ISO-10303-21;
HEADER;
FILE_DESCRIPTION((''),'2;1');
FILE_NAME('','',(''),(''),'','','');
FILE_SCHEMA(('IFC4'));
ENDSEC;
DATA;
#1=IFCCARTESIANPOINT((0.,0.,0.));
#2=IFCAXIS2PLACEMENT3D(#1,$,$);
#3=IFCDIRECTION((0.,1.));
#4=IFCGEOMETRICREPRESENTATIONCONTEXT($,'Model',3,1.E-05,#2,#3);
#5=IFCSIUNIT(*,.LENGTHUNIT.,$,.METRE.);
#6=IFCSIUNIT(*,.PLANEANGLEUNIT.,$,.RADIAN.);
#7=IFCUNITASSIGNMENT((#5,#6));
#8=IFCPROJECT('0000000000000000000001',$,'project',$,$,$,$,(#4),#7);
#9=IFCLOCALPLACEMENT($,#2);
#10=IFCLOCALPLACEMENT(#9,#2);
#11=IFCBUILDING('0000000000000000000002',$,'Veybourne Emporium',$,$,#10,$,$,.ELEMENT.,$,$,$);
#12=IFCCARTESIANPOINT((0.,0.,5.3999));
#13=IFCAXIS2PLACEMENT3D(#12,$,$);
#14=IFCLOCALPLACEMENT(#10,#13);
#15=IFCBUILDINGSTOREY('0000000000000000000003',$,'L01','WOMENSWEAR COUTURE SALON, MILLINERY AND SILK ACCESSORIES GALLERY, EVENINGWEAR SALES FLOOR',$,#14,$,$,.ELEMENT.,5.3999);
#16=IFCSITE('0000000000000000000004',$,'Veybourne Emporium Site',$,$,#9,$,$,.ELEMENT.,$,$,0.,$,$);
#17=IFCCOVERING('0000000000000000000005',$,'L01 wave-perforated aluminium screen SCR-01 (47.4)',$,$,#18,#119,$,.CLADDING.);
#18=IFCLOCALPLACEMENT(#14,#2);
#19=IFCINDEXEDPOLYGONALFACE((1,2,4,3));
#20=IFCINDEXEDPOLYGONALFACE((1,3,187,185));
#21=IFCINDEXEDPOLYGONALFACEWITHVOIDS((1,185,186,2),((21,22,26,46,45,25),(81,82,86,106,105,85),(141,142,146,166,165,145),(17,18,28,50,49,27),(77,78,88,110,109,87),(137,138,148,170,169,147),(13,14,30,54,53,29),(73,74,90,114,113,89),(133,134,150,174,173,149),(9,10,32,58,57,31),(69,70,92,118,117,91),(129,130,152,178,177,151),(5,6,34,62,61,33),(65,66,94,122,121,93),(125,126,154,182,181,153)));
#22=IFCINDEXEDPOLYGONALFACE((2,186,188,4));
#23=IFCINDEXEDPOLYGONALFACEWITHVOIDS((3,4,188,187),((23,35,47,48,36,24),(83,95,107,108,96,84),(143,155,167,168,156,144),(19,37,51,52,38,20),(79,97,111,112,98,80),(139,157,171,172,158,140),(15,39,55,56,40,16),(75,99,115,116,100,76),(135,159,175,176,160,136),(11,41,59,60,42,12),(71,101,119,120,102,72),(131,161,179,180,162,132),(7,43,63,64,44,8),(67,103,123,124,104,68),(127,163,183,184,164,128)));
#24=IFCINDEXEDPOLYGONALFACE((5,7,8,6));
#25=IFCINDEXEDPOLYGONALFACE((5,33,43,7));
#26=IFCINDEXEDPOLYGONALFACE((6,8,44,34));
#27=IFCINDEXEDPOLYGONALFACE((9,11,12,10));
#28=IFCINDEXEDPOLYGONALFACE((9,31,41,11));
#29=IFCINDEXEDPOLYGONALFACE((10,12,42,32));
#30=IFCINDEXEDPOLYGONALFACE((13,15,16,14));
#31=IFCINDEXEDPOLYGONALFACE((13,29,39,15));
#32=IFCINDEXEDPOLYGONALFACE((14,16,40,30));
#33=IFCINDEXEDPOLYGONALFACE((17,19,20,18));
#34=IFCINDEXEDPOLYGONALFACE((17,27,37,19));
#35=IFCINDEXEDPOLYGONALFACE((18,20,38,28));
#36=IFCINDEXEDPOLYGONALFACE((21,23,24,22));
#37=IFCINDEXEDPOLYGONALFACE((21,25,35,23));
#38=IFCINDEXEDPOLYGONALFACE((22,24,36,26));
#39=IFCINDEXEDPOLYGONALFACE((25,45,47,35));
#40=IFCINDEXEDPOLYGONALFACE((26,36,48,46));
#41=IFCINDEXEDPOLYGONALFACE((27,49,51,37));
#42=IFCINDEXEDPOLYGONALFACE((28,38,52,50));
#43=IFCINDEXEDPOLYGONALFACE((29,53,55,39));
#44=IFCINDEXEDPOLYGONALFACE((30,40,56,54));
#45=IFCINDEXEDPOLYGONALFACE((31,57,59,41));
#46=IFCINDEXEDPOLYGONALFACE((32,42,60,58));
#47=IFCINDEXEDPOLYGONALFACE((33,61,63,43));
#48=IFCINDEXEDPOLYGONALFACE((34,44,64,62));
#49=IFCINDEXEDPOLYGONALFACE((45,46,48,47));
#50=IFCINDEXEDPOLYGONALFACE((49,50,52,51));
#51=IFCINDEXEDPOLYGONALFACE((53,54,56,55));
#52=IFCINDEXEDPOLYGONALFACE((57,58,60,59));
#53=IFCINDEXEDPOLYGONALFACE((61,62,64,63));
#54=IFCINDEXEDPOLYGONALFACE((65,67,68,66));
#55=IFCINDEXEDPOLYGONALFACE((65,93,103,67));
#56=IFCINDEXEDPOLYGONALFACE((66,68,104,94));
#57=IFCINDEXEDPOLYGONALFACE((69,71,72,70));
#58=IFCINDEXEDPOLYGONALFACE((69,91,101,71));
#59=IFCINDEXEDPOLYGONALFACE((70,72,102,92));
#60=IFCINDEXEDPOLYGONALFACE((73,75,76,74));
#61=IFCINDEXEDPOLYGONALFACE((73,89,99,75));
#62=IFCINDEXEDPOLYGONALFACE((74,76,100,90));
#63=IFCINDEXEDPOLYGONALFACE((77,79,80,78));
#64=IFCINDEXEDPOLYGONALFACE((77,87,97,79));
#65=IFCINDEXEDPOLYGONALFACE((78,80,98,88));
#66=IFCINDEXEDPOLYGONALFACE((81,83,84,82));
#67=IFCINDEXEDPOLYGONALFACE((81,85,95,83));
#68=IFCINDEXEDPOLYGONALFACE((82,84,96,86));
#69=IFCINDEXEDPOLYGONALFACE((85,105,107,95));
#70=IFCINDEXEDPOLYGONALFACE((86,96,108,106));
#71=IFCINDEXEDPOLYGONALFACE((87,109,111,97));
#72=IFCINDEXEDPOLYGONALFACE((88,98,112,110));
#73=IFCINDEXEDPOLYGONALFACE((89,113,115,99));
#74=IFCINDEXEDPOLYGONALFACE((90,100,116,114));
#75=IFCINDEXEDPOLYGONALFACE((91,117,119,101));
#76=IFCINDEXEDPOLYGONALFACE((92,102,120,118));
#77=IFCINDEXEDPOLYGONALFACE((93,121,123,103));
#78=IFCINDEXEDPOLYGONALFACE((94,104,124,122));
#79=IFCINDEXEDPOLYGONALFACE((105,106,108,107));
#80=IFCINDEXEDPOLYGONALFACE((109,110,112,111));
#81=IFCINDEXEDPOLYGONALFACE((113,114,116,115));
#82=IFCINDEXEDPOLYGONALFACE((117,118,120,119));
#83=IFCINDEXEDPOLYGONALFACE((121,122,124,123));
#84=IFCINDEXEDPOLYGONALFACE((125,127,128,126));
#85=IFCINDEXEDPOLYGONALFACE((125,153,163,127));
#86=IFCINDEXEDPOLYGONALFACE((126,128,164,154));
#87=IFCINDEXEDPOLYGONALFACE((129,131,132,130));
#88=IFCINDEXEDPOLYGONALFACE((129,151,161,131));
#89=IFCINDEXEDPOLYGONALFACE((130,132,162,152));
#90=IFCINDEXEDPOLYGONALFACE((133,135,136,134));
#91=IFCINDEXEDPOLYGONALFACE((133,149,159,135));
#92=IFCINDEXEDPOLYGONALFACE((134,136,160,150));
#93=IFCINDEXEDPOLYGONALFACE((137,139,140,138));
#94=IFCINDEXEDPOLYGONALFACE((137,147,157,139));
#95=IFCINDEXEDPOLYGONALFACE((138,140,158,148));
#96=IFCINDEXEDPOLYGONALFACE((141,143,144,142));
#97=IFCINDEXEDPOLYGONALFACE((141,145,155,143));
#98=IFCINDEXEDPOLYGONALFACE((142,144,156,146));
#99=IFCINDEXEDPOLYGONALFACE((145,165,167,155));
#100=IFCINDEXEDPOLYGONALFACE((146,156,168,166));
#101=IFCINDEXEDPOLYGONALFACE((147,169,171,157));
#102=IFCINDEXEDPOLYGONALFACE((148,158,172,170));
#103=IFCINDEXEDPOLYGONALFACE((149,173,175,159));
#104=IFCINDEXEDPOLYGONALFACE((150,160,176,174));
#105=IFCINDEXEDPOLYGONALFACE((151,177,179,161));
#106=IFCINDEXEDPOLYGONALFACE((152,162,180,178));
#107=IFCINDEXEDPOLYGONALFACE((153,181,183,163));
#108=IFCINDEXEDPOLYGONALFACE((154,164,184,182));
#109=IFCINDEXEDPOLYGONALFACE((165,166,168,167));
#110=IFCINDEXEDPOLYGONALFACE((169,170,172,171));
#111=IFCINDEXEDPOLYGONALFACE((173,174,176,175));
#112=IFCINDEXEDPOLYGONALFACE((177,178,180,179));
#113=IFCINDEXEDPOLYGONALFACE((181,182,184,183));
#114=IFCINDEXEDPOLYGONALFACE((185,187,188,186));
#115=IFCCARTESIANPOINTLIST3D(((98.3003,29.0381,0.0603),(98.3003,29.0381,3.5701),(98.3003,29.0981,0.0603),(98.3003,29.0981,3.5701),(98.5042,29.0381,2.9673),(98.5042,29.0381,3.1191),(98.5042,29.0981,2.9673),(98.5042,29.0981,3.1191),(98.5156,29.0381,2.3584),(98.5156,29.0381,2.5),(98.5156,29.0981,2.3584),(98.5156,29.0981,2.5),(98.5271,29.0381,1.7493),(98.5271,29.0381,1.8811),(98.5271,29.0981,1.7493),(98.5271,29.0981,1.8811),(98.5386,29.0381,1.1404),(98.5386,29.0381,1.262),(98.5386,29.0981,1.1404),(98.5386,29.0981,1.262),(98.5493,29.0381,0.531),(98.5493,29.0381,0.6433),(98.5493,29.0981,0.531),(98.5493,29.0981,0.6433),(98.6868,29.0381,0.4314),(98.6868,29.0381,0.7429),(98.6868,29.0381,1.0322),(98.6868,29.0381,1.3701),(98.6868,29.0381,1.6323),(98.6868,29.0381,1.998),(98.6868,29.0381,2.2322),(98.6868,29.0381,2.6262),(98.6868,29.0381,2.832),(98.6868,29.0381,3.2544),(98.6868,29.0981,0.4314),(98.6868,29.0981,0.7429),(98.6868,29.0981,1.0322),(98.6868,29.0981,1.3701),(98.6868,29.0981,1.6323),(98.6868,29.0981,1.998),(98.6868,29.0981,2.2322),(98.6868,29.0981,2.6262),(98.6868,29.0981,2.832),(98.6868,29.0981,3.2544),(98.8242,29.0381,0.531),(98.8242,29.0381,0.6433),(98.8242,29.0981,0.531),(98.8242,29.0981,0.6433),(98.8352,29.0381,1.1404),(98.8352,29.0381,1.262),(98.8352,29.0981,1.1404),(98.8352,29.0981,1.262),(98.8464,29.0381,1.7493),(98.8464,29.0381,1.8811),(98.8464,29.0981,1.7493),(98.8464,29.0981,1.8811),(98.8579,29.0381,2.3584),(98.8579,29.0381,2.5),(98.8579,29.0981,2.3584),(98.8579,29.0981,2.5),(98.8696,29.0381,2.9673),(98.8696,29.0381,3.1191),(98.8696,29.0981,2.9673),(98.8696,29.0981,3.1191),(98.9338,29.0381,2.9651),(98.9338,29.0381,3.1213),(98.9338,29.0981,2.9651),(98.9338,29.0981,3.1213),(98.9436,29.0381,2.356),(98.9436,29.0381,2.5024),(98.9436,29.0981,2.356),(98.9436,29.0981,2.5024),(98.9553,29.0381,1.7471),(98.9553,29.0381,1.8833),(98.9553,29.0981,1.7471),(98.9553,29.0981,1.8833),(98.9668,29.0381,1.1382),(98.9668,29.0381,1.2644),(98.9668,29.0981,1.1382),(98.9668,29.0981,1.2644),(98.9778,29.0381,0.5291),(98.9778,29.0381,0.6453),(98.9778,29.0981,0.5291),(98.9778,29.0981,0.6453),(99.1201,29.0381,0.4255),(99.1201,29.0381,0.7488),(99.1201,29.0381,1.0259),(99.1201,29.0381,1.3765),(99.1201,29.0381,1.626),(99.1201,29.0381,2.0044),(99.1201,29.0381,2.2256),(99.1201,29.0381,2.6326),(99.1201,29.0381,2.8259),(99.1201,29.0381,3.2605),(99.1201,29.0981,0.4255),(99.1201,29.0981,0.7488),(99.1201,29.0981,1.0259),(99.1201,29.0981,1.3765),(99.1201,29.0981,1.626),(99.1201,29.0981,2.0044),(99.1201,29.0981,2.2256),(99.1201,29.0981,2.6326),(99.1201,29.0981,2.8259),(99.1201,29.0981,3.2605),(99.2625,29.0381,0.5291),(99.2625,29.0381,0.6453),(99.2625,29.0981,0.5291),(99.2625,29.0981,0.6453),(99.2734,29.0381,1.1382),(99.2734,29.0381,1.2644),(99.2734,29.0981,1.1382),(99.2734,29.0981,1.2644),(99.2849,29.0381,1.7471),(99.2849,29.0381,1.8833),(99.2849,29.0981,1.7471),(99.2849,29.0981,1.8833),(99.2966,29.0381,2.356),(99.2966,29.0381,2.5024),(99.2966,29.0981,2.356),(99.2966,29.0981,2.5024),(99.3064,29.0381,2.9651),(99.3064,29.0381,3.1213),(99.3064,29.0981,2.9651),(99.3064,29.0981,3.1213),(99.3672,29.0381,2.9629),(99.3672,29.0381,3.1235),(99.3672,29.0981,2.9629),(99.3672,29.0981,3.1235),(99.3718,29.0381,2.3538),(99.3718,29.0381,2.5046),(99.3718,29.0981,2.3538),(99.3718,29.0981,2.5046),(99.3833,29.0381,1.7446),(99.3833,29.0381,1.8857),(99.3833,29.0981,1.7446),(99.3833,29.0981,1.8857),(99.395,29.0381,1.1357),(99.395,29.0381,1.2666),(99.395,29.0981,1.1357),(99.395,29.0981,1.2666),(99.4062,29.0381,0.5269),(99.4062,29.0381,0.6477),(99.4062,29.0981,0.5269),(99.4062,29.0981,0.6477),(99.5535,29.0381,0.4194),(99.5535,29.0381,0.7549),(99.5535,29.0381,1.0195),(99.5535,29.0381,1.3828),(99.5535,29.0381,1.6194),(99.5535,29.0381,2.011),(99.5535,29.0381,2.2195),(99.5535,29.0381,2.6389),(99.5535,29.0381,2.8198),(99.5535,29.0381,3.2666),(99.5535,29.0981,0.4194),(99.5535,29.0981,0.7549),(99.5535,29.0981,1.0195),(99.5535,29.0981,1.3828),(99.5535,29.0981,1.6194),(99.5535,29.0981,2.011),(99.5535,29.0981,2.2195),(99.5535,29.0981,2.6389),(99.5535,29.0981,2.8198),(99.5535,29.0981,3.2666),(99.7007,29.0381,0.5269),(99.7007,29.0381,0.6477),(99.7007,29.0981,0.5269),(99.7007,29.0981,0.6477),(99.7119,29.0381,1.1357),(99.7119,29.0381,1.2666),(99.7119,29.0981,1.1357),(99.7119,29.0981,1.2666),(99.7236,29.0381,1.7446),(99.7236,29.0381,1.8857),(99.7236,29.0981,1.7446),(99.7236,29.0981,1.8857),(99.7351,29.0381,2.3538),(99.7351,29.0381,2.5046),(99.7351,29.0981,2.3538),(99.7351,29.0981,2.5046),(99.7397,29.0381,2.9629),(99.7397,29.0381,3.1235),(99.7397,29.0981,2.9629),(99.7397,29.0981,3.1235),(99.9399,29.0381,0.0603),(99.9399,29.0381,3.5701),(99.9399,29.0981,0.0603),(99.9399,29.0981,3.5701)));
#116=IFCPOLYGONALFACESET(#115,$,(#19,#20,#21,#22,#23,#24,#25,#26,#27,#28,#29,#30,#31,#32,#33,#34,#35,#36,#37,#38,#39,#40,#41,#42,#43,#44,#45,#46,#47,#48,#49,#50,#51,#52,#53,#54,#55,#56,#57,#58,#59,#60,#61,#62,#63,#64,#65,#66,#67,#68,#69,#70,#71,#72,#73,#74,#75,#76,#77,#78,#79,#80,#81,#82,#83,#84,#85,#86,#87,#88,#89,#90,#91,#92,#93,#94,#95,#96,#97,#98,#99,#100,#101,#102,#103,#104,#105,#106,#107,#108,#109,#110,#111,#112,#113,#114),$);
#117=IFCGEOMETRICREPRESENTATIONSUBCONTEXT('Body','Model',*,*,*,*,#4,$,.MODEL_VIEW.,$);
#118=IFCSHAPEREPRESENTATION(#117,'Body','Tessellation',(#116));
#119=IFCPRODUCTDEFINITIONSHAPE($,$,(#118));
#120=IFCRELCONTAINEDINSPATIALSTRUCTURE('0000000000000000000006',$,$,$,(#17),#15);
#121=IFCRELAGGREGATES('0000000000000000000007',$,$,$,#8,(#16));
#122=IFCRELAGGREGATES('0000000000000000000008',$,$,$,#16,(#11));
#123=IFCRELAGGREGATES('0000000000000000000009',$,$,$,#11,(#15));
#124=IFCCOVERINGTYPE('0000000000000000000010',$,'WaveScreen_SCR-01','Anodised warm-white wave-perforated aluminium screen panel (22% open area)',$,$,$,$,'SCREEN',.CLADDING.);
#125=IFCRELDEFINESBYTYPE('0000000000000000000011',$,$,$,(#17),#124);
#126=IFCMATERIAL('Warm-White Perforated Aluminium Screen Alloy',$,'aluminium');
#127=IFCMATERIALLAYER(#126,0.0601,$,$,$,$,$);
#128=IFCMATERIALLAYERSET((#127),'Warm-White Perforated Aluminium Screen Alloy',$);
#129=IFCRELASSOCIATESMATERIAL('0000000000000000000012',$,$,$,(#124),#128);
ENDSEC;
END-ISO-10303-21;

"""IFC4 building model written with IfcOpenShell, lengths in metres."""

from ifc_helpers import new_model, si_unit, direction, frame, origin, place, context, subcontext, project, spatial, polyline, outline, extrude, material, layer, layer_set, type_object, element, save


model = new_model("IFC4")

# Units and contexts
model_context = context("Model", 3, precision=1e-05, world=origin(), true_north=direction((0.0, 1.0)))
body_context = subcontext(model_context, "Body", "Model", "MODEL_VIEW")
ifc_project = project(units=[si_unit("LENGTHUNIT", "METRE"), si_unit("PLANEANGLEUNIT", "RADIAN")], contexts=[model_context])

# Site, building, storey
site_placement = place(None, origin())
site = spatial("IfcSite", under=ifc_project, at=site_placement, Name="Veybourne Emporium Site", CompositionType="ELEMENT", RefElevation=0.0)
building_placement = place(site_placement, origin())
building = spatial("IfcBuilding", under=site, at=building_placement, Name="Veybourne Emporium", CompositionType="ELEMENT")
storey_placement = place(building_placement, frame((0.0, 0.0, 5.3999)))
storey = spatial("IfcBuildingStorey", under=building, at=storey_placement, Name="L01", Description="WOMENSWEAR COUTURE SALON, MILLINERY AND SILK ACCESSORIES GALLERY, EVENINGWEAR SALES FLOOR", CompositionType="ELEMENT", Elevation=5.3999)

# Covering
ifc_material_1 = material(Name="Warm-White Perforated Aluminium Screen Alloy", Category="aluminium")
ifc_layer_1 = layer(ifc_material_1, 0.0601)
ifc_layer_set_1 = layer_set([ifc_layer_1], Name="Warm-White Perforated Aluminium Screen Alloy")
covering_type_1 = type_object("IfcCoveringType", Name="WaveScreen_SCR-01", Description="Anodised warm-white wave-perforated aluminium screen panel (22% open area)", ElementType="SCREEN", PredefinedType="CLADDING", material=ifc_layer_set_1)
covering_1_placement = place(storey_placement, frame((99.1201, 29.0981, 1.8152), z_axis=(0.0, -1.0, 0.0), x_axis=(1.0, 0.0, 0.0)))
element("IfcCovering", 1, at=covering_1_placement, inside=storey, type_object=covering_type_1, Name="L01 wave-perforated aluminium screen SCR-01 (47.4)", PredefinedType="CLADDING", context=body_context, shape_type="SweptSolid", body=[
    extrude(outline(polyline([(-0.8198, -1.7549), (0.8198, -1.7549), (0.8198, 1.7549), (-0.8198, 1.7549), (-0.8198, -1.7549)]), holes=[polyline([(-0.4333, -1.0723), (-0.2959, -1.1719), (-0.2959, -1.2842), (-0.4333, -1.3838), (-0.5708, -1.2842), (-0.5708, -1.1719), (-0.4333, -1.0723)]), polyline([(-0.4333, -0.4451), (-0.2849, -0.5532), (-0.2849, -0.6748), (-0.4333, -0.783), (-0.5815, -0.6748), (-0.5815, -0.5532), (-0.4333, -0.4451)]), polyline([(-0.4333, 0.1829), (-0.2737, 0.0659), (-0.2737, -0.0659), (-0.4333, -0.1829), (-0.593, -0.0659), (-0.593, 0.0659), (-0.4333, 0.1829)]), polyline([(-0.4333, 0.811), (-0.2622, 0.6848), (-0.2622, 0.5432), (-0.4333, 0.417), (-0.6045, 0.5432), (-0.6045, 0.6848), (-0.4333, 0.811)]), polyline([(-0.4333, 1.4392), (-0.2505, 1.304), (-0.2505, 1.1521), (-0.4333, 1.0168), (-0.616, 1.1521), (-0.616, 1.304), (-0.4333, 1.4392)]), polyline([(0.0, -1.0664), (0.1423, -1.1699), (0.1423, -1.2861), (0.0, -1.3896), (-0.1423, -1.2861), (-0.1423, -1.1699), (0.0, -1.0664)]), polyline([(0.0, -0.4387), (0.1533, -0.5508), (0.1533, -0.677), (0.0, -0.7893), (-0.1533, -0.677), (-0.1533, -0.5508), (0.0, -0.4387)]), polyline([(0.0, 0.1892), (0.1648, 0.0681), (0.1648, -0.0681), (0.0, -0.1892), (-0.1648, -0.0681), (-0.1648, 0.0681), (0.0, 0.1892)]), polyline([(0.0, 0.8174), (0.1765, 0.6873), (0.1765, 0.5408), (0.0, 0.4104), (-0.1765, 0.5408), (-0.1765, 0.6873), (0.0, 0.8174)]), polyline([(0.0, 1.4453), (0.1863, 1.3062), (0.1863, 1.1499), (0.0, 1.0107), (-0.1863, 1.1499), (-0.1863, 1.3062), (0.0, 1.4453)]), polyline([(0.4333, -1.0603), (0.5806, -1.1675), (0.5806, -1.2883), (0.4333, -1.3958), (0.2861, -1.2883), (0.2861, -1.1675), (0.4333, -1.0603)]), polyline([(0.4333, -0.4324), (0.5918, -0.5486), (0.5918, -0.6794), (0.4333, -0.7957), (0.2749, -0.6794), (0.2749, -0.5486), (0.4333, -0.4324)]), polyline([(0.4333, 0.1958), (0.6035, 0.0706), (0.6035, -0.0706), (0.4333, -0.1958), (0.2632, -0.0706), (0.2632, 0.0706), (0.4333, 0.1958)]), polyline([(0.4333, 0.8237), (0.615, 0.6895), (0.615, 0.5386), (0.4333, 0.4043), (0.2517, 0.5386), (0.2517, 0.6895), (0.4333, 0.8237)]), polyline([(0.4333, 1.4514), (0.6196, 1.3083), (0.6196, 1.1477), (0.4333, 1.0046), (0.2471, 1.1477), (0.2471, 1.3083), (0.4333, 1.4514)])]), origin(), (0.0, 0.0, 1.0), 0.0601),
])

save(model, "model.ifc")
